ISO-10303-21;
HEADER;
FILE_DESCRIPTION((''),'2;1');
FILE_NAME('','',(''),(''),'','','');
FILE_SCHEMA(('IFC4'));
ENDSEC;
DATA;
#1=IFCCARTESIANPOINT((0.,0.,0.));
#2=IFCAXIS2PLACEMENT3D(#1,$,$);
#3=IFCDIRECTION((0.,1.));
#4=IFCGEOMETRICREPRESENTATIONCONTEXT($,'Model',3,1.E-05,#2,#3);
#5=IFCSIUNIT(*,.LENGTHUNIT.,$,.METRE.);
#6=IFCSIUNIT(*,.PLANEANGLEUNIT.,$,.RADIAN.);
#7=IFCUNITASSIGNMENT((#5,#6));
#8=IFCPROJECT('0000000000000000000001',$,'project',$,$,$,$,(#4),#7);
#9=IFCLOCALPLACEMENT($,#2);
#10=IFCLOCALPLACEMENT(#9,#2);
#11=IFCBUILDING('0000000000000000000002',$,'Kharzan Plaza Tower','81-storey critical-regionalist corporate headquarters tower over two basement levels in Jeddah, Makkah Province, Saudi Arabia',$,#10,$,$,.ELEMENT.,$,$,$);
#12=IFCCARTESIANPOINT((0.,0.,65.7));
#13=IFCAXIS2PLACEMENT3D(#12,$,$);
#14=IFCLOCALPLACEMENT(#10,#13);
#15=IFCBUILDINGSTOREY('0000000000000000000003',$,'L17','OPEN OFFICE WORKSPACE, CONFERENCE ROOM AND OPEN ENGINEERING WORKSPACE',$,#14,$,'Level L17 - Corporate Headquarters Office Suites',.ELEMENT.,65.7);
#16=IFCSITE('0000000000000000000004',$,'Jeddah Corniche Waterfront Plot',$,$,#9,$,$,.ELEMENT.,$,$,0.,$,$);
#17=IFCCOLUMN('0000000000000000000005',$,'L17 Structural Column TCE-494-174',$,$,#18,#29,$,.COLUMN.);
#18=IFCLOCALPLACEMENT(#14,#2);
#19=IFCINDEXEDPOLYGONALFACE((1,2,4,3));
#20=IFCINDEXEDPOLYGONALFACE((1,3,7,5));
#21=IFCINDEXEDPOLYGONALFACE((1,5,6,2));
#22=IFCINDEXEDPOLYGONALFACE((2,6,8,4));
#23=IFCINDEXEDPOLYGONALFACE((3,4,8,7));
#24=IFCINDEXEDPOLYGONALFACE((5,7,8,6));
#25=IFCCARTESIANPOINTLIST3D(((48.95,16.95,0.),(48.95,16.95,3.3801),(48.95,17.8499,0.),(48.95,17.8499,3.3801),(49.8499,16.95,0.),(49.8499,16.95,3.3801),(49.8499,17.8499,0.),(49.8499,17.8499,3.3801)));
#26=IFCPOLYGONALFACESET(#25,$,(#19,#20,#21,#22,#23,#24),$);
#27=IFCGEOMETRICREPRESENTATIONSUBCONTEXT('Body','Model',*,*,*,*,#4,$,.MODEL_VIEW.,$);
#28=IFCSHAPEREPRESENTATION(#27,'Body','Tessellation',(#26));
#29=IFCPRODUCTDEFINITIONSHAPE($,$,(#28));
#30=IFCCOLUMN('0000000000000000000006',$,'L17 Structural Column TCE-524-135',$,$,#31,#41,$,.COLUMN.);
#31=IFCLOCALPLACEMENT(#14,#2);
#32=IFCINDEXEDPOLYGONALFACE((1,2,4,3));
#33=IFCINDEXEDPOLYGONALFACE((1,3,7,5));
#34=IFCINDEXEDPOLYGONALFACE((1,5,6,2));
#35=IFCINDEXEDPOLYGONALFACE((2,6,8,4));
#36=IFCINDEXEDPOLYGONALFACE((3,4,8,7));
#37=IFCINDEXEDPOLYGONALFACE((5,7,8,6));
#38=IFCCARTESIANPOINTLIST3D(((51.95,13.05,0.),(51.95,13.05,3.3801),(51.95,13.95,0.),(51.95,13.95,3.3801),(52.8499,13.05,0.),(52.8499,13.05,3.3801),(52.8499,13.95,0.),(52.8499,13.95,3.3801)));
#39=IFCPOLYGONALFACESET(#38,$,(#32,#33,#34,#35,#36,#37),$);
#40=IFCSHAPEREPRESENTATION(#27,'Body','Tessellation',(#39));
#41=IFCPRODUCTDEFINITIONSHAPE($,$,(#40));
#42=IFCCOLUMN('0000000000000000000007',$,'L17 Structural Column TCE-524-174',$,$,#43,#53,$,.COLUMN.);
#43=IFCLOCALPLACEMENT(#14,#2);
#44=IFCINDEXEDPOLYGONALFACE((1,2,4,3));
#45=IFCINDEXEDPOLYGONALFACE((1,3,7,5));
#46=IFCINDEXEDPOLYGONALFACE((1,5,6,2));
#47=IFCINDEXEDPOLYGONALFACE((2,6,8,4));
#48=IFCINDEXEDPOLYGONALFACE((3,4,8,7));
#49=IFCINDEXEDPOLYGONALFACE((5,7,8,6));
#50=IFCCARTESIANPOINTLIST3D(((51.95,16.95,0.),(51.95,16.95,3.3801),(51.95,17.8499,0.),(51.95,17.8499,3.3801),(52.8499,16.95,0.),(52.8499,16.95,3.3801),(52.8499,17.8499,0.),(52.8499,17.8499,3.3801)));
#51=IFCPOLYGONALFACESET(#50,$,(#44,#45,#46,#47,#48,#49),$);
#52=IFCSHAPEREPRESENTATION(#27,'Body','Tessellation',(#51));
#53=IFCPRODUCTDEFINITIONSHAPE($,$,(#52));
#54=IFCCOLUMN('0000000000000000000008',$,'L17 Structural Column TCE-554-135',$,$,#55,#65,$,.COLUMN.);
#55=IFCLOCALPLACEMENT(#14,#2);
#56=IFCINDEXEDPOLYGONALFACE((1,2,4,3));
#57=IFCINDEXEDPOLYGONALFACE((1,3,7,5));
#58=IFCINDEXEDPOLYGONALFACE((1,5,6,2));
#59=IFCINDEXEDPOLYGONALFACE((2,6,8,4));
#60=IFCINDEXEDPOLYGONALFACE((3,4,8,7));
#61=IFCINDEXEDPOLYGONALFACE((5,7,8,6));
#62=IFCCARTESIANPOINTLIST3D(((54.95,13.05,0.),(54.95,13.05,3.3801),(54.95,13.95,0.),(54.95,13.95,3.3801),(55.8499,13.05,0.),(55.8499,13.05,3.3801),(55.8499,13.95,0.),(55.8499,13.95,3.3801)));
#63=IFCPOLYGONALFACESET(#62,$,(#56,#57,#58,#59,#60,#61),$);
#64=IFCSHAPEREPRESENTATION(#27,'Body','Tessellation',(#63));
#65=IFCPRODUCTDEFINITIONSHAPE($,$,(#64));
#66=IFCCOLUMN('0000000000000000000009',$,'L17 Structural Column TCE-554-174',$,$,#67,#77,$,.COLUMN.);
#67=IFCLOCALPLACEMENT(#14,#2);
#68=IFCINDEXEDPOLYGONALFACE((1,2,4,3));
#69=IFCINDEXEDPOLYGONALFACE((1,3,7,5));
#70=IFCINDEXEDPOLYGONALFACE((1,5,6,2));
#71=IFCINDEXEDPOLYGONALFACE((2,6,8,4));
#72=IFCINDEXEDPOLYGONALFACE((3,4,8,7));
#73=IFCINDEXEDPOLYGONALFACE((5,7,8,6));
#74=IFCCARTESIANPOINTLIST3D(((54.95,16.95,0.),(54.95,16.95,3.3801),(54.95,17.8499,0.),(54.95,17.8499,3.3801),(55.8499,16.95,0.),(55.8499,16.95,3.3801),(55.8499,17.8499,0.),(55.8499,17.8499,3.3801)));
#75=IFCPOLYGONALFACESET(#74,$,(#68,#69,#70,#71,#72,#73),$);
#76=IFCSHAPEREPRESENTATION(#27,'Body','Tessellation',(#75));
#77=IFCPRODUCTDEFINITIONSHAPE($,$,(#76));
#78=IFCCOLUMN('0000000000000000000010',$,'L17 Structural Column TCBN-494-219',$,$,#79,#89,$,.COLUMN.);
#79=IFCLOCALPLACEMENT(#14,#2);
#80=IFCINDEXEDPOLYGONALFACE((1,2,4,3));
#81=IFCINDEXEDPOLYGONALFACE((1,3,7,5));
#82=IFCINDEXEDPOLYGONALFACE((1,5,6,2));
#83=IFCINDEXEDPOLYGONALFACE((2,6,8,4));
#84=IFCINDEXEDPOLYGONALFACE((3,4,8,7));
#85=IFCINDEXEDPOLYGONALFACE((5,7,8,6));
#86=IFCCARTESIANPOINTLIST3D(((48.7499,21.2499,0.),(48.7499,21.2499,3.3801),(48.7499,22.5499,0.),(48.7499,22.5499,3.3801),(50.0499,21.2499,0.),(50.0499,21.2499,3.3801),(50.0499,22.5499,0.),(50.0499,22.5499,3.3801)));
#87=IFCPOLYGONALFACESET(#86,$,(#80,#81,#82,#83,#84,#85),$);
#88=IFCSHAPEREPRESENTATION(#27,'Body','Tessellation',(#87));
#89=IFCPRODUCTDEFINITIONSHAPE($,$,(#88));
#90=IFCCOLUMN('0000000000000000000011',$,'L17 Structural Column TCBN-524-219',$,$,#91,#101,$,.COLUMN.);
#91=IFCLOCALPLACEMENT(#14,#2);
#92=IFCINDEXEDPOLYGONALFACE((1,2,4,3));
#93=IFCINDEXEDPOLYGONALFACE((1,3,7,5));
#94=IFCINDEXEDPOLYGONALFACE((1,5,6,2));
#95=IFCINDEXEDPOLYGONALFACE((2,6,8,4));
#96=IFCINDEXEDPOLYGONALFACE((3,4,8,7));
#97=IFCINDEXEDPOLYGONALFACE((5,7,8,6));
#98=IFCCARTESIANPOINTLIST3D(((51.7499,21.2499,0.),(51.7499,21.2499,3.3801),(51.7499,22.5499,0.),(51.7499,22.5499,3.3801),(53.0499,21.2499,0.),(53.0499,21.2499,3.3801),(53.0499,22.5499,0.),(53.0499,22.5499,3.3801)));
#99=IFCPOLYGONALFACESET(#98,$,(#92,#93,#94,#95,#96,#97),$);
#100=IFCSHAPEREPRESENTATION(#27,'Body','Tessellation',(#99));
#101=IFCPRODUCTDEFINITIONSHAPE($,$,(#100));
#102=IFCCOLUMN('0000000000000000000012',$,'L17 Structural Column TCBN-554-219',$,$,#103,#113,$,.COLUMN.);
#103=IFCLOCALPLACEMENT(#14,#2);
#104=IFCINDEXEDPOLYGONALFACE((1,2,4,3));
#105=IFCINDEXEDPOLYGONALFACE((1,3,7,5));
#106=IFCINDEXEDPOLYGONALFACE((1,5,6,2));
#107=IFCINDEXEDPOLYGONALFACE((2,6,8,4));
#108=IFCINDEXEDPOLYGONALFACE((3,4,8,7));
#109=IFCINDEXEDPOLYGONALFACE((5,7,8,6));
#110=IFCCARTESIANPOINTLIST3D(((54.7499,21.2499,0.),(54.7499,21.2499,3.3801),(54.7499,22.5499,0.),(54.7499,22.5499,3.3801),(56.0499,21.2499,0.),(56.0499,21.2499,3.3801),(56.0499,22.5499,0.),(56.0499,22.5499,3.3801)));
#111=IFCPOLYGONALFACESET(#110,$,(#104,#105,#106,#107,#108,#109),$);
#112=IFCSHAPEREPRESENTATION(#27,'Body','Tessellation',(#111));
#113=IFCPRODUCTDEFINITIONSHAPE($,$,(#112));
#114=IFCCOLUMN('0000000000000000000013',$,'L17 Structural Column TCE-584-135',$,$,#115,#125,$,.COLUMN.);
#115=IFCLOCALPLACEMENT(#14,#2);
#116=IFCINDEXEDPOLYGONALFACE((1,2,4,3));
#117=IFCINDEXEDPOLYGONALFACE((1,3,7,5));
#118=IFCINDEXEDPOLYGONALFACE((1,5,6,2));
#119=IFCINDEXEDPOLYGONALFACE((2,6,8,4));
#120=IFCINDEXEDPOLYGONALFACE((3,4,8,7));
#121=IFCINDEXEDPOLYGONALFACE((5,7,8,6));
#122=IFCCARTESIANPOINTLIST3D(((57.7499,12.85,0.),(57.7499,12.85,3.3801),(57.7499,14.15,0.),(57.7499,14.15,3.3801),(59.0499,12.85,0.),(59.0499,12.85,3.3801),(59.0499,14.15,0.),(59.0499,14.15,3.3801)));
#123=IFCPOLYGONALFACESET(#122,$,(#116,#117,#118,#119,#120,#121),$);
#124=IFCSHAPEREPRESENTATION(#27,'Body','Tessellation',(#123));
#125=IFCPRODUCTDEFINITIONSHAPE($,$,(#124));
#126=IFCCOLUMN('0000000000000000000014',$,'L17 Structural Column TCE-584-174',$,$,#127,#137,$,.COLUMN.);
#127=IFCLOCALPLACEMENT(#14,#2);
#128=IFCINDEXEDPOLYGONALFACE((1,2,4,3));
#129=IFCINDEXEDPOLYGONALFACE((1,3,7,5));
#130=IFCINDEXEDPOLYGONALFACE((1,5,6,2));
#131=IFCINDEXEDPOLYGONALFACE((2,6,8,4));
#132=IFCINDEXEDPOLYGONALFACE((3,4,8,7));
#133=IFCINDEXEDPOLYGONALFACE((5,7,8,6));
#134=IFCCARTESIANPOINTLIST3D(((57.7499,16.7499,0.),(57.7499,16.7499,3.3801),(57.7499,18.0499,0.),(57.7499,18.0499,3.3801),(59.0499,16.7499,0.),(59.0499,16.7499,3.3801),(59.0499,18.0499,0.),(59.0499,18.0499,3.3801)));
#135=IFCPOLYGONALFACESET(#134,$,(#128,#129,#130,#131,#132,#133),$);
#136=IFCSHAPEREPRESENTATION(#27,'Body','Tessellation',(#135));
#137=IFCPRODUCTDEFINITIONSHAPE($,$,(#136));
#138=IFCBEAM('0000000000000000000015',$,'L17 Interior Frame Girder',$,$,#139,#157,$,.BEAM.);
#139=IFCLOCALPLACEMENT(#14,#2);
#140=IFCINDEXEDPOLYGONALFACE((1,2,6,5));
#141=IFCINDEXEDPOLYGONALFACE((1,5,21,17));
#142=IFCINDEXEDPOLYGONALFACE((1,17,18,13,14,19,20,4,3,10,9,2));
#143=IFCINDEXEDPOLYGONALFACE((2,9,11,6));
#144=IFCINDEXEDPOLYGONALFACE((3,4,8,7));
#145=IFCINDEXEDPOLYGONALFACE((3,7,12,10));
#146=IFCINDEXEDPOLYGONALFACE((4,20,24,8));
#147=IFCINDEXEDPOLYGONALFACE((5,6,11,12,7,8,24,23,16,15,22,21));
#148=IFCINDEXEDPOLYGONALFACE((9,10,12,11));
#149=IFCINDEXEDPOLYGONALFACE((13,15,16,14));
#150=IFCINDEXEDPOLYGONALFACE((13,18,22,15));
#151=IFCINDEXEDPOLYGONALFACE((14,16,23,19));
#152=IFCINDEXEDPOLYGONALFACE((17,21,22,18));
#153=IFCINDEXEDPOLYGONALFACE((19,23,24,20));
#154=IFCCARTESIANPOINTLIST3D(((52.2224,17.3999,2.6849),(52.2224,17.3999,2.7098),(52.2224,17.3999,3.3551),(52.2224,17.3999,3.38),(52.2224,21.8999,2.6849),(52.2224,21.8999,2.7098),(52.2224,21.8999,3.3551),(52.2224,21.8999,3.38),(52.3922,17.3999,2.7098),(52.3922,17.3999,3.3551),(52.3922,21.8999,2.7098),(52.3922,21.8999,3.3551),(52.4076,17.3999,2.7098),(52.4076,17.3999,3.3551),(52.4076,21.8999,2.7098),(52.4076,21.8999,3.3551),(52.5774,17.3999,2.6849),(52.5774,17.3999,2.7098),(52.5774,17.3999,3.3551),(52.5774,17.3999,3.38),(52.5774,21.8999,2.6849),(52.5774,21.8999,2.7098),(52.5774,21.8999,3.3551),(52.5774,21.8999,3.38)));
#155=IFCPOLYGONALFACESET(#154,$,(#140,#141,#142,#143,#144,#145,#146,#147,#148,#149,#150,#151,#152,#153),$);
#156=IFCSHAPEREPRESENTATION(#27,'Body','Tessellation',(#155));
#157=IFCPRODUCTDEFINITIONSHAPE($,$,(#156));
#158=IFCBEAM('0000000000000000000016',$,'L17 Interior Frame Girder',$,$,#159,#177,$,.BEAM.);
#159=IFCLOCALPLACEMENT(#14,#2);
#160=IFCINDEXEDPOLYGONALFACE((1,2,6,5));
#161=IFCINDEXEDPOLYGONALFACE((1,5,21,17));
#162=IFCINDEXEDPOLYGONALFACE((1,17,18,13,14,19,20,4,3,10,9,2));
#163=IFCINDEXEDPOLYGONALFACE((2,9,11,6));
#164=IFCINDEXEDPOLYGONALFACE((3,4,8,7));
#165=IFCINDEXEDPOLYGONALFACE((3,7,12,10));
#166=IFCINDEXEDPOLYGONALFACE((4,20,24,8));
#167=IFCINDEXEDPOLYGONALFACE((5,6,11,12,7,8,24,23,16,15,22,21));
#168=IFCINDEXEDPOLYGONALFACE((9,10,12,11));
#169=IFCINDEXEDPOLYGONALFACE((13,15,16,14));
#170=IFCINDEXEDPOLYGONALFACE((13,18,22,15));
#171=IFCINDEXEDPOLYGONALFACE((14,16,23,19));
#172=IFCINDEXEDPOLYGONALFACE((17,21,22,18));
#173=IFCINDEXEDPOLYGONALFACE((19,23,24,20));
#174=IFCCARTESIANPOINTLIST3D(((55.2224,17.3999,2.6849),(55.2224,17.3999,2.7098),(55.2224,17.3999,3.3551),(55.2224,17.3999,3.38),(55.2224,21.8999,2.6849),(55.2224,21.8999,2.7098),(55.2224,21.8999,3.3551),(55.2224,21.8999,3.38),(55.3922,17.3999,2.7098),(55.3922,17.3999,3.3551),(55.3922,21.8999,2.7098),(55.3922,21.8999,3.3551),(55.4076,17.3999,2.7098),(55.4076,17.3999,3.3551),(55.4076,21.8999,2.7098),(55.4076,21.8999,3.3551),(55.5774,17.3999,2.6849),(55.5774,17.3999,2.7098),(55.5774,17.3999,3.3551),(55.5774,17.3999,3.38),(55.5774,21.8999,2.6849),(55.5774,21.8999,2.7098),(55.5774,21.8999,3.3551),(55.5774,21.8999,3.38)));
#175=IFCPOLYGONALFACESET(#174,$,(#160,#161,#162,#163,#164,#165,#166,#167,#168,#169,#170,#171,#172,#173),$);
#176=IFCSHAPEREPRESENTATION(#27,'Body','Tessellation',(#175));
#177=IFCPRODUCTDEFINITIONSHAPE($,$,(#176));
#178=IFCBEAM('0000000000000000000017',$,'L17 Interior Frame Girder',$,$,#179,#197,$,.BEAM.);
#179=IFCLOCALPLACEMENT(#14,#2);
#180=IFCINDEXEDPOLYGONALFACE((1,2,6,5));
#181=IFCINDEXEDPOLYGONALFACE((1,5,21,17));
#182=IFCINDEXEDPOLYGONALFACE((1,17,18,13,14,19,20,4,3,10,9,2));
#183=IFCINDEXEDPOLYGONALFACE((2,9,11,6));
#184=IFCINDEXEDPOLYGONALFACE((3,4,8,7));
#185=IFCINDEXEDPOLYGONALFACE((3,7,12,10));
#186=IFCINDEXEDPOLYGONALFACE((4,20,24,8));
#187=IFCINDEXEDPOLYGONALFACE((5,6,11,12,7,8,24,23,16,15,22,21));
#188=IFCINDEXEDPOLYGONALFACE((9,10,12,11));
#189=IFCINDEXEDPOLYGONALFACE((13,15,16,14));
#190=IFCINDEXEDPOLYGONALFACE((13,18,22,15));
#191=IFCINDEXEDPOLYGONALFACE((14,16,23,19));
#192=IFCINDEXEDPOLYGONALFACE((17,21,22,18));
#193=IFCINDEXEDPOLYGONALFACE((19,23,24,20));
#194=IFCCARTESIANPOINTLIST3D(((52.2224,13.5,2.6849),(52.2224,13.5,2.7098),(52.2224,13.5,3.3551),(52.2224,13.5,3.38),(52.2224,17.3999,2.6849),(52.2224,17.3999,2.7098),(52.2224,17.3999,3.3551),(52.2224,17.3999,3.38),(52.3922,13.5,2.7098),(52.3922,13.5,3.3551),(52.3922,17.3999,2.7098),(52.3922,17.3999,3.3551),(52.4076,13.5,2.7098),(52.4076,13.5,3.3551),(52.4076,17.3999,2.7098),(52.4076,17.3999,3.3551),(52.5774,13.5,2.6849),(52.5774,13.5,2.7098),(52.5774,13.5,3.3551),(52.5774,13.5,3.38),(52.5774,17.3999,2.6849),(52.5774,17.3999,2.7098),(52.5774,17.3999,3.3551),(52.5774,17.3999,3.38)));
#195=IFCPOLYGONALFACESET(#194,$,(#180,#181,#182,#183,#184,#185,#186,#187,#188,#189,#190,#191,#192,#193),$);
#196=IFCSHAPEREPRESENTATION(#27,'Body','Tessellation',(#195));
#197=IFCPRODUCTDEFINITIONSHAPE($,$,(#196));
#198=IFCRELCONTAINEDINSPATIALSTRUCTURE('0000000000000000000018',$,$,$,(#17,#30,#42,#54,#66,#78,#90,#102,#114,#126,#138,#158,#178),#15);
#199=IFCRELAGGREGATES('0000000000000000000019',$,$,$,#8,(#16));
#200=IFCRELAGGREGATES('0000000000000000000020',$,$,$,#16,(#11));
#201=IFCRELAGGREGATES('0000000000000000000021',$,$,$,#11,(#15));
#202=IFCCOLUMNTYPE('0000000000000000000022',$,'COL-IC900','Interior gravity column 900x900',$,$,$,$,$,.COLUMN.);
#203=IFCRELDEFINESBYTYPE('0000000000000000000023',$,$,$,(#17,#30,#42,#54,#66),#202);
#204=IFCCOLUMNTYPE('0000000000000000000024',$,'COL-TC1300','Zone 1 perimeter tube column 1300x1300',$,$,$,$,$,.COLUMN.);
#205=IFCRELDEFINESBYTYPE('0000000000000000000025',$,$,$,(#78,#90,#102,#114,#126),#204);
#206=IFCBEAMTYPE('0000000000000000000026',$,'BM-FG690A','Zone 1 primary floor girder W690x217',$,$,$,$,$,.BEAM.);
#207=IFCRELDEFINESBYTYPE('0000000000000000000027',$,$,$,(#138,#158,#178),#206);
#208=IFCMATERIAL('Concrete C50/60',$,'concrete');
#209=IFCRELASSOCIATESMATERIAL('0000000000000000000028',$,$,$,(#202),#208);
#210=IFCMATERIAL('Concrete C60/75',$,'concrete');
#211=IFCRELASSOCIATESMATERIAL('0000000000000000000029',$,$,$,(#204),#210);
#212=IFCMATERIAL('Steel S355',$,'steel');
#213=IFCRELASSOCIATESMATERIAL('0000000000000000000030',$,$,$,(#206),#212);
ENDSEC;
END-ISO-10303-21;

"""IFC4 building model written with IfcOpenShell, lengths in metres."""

from ifc_helpers import new_model, si_unit, direction, frame, origin, origin_2d, place, context, subcontext, project, spatial, rectangle, i_section, extrude, source, transform, mapped, material, material_profile, profile_set, type_object, element, save


model = new_model("IFC4")

# Units and contexts
model_context = context("Model", 3, precision=1e-05, world=origin(), true_north=direction((0.0, 1.0)))
body_context = subcontext(model_context, "Body", "Model", "MODEL_VIEW")
ifc_project = project(units=[si_unit("LENGTHUNIT", "METRE"), si_unit("PLANEANGLEUNIT", "RADIAN")], contexts=[model_context])

# Site, building, storey
site_placement = place(None, origin())
site = spatial("IfcSite", under=ifc_project, at=site_placement, Name="Jeddah Corniche Waterfront Plot", CompositionType="ELEMENT", RefElevation=0.0)
building_placement = place(site_placement, origin())
building = spatial("IfcBuilding", under=site, at=building_placement, Name="Kharzan Plaza Tower", Description="81-storey critical-regionalist corporate headquarters tower over two basement levels in Jeddah, Makkah Province, Saudi Arabia", CompositionType="ELEMENT")
storey_placement = place(building_placement, frame((0.0, 0.0, 65.7)))
storey = spatial("IfcBuildingStorey", under=building, at=storey_placement, Name="L17", Description="OPEN OFFICE WORKSPACE, CONFERENCE ROOM AND OPEN ENGINEERING WORKSPACE", LongName="Level L17 - Corporate Headquarters Office Suites", CompositionType="ELEMENT", Elevation=65.7)

# Columns
ifc_material_1 = material(Name="Concrete C50/60", Category="concrete")
ifc_material_profile_1 = material_profile(ifc_material_1, rectangle(XDim=0.8999, YDim=0.8999, at=origin_2d()), Name="RC-IC900x900")
ifc_profile_set_1 = profile_set([ifc_material_profile_1], Name="Concrete C50/60")
column_type_1 = type_object("IfcColumnType", Name="COL-IC900", Description="Interior gravity column 900x900", PredefinedType="COLUMN", material=ifc_profile_set_1)
shared_shape_1 = source(origin(), body_context, "Body", "SweptSolid", [
    extrude(rectangle(XDim=0.8999, YDim=0.8999, at=origin_2d()), origin(), (0.0, 0.0, 1.0), 3.3801),
])
for number, where, z_axis, x_axis, name in (
    (1, (49.3999, 17.3999, 0.0), (0.0, 0.0, 1.0), (1.0, 0.0, 0.0), "L17 Structural Column TCE-494-174"),
    (2, (52.3999, 13.5, 0.0), (0.0, 0.0, 1.0), (1.0, 0.0, 0.0), "L17 Structural Column TCE-524-135"),
    (3, (52.3999, 17.3999, 0.0), (0.0, 0.0, 1.0), (1.0, 0.0, 0.0), "L17 Structural Column TCE-524-174"),
    (4, (55.3999, 13.5, 0.0), (0.0, 0.0, 1.0), (1.0, 0.0, 0.0), "L17 Structural Column TCE-554-135"),
    (5, (55.3999, 17.3999, 0.0), (0.0, 0.0, 1.0), (1.0, 0.0, 0.0), "L17 Structural Column TCE-554-174"),
):
    element("IfcColumn", number, at=place(storey_placement, frame(where, z_axis=z_axis, x_axis=x_axis)), inside=storey, type_object=column_type_1, Name=name, PredefinedType="COLUMN", context=body_context, shape_type="MappedRepresentation", body=[
        mapped(shared_shape_1, transform((0.0, 0.0, 0.0), x_axis=(1.0, 0.0, 0.0), y_axis=(0.0, 1.0, 0.0), z_axis=(0.0, 0.0, 1.0))),
    ])
ifc_material_2 = material(Name="Concrete C60/75", Category="concrete")
ifc_material_profile_2 = material_profile(ifc_material_2, rectangle(XDim=1.3, YDim=1.3, at=origin_2d()), Name="RC-TC1300x1300")
ifc_profile_set_2 = profile_set([ifc_material_profile_2], Name="Concrete C60/75")
column_type_2 = type_object("IfcColumnType", Name="COL-TC1300", Description="Zone 1 perimeter tube column 1300x1300", PredefinedType="COLUMN", material=ifc_profile_set_2)
shared_shape_2 = source(origin(), body_context, "Body", "SweptSolid", [
    extrude(rectangle(XDim=1.3, YDim=1.3, at=origin_2d()), origin(), (0.0, 0.0, 1.0), 3.3801),
])
for number, where, z_axis, x_axis, name in (
    (6, (49.3999, 21.8999, 0.0), (0.0, 0.0, 1.0), (1.0, 0.0, 0.0), "L17 Structural Column TCBN-494-219"),
    (7, (52.3999, 21.8999, 0.0), (0.0, 0.0, 1.0), (1.0, 0.0, 0.0), "L17 Structural Column TCBN-524-219"),
    (8, (55.3999, 21.8999, 0.0), (0.0, 0.0, 1.0), (1.0, 0.0, 0.0), "L17 Structural Column TCBN-554-219"),
    (9, (58.3999, 13.5, 0.0), (0.0, 0.0, 1.0), (1.0, 0.0, 0.0), "L17 Structural Column TCE-584-135"),
    (10, (58.3999, 17.3999, 0.0), (0.0, 0.0, 1.0), (1.0, 0.0, 0.0), "L17 Structural Column TCE-584-174"),
):
    element("IfcColumn", number, at=place(storey_placement, frame(where, z_axis=z_axis, x_axis=x_axis)), inside=storey, type_object=column_type_2, Name=name, PredefinedType="COLUMN", context=body_context, shape_type="MappedRepresentation", body=[
        mapped(shared_shape_2, transform((0.0, 0.0, 0.0), x_axis=(1.0, 0.0, 0.0), y_axis=(0.0, 1.0, 0.0), z_axis=(0.0, 0.0, 1.0))),
    ])

# Beams
ifc_material_3 = material(Name="Steel S355", Category="steel")
ifc_material_profile_3 = material_profile(ifc_material_3, i_section(OverallWidth=0.355, OverallDepth=0.6951, WebThickness=0.0154, FlangeThickness=0.0249, at=origin_2d()), Name="W690x217")
ifc_profile_set_3 = profile_set([ifc_material_profile_3], Name="Steel S355")
beam_type_1 = type_object("IfcBeamType", Name="BM-FG690A", Description="Zone 1 primary floor girder W690x217", PredefinedType="BEAM", material=ifc_profile_set_3)
shared_shape_3 = source(origin(), body_context, "Body", "SweptSolid", [
    extrude(i_section(OverallWidth=0.355, OverallDepth=0.6951, WebThickness=0.0154, FlangeThickness=0.0249, at=origin_2d()), origin(), (0.0, 0.0, 1.0), 4.5),
])
for number, where, z_axis, x_axis, name in (
    (11, (52.3999, 17.3999, 3.0325), (0.0, 1.0, 0.0), (-1.0, 0.0, 0.0), "L17 Interior Frame Girder"),
    (12, (55.3999, 17.3999, 3.0325), (0.0, 1.0, 0.0), (-1.0, 0.0, 0.0), "L17 Interior Frame Girder"),
):
    element("IfcBeam", number, at=place(storey_placement, frame(where, z_axis=z_axis, x_axis=x_axis)), inside=storey, type_object=beam_type_1, Name=name, PredefinedType="BEAM", context=body_context, shape_type="MappedRepresentation", body=[
        mapped(shared_shape_3, transform((0.0, 0.0, 0.0), x_axis=(1.0, 0.0, 0.0), y_axis=(0.0, 1.0, 0.0), z_axis=(0.0, 0.0, 1.0))),
    ])
shared_shape_4 = source(origin(), body_context, "Body", "SweptSolid", [
    extrude(i_section(OverallWidth=0.355, OverallDepth=0.6951, WebThickness=0.0154, FlangeThickness=0.0249, at=origin_2d()), origin(), (0.0, 0.0, 1.0), 3.8999),
])
for number, where, z_axis, x_axis, name in (
    (13, (52.3999, 13.5, 3.0325), (0.0, 1.0, 0.0), (-1.0, 0.0, 0.0), "L17 Interior Frame Girder"),
):
    element("IfcBeam", number, at=place(storey_placement, frame(where, z_axis=z_axis, x_axis=x_axis)), inside=storey, type_object=beam_type_1, Name=name, PredefinedType="BEAM", context=body_context, shape_type="MappedRepresentation", body=[
        mapped(shared_shape_4, transform((0.0, 0.0, 0.0), x_axis=(1.0, 0.0, 0.0), y_axis=(0.0, 1.0, 0.0), z_axis=(0.0, 0.0, 1.0))),
    ])

save(model, "model.ifc")
